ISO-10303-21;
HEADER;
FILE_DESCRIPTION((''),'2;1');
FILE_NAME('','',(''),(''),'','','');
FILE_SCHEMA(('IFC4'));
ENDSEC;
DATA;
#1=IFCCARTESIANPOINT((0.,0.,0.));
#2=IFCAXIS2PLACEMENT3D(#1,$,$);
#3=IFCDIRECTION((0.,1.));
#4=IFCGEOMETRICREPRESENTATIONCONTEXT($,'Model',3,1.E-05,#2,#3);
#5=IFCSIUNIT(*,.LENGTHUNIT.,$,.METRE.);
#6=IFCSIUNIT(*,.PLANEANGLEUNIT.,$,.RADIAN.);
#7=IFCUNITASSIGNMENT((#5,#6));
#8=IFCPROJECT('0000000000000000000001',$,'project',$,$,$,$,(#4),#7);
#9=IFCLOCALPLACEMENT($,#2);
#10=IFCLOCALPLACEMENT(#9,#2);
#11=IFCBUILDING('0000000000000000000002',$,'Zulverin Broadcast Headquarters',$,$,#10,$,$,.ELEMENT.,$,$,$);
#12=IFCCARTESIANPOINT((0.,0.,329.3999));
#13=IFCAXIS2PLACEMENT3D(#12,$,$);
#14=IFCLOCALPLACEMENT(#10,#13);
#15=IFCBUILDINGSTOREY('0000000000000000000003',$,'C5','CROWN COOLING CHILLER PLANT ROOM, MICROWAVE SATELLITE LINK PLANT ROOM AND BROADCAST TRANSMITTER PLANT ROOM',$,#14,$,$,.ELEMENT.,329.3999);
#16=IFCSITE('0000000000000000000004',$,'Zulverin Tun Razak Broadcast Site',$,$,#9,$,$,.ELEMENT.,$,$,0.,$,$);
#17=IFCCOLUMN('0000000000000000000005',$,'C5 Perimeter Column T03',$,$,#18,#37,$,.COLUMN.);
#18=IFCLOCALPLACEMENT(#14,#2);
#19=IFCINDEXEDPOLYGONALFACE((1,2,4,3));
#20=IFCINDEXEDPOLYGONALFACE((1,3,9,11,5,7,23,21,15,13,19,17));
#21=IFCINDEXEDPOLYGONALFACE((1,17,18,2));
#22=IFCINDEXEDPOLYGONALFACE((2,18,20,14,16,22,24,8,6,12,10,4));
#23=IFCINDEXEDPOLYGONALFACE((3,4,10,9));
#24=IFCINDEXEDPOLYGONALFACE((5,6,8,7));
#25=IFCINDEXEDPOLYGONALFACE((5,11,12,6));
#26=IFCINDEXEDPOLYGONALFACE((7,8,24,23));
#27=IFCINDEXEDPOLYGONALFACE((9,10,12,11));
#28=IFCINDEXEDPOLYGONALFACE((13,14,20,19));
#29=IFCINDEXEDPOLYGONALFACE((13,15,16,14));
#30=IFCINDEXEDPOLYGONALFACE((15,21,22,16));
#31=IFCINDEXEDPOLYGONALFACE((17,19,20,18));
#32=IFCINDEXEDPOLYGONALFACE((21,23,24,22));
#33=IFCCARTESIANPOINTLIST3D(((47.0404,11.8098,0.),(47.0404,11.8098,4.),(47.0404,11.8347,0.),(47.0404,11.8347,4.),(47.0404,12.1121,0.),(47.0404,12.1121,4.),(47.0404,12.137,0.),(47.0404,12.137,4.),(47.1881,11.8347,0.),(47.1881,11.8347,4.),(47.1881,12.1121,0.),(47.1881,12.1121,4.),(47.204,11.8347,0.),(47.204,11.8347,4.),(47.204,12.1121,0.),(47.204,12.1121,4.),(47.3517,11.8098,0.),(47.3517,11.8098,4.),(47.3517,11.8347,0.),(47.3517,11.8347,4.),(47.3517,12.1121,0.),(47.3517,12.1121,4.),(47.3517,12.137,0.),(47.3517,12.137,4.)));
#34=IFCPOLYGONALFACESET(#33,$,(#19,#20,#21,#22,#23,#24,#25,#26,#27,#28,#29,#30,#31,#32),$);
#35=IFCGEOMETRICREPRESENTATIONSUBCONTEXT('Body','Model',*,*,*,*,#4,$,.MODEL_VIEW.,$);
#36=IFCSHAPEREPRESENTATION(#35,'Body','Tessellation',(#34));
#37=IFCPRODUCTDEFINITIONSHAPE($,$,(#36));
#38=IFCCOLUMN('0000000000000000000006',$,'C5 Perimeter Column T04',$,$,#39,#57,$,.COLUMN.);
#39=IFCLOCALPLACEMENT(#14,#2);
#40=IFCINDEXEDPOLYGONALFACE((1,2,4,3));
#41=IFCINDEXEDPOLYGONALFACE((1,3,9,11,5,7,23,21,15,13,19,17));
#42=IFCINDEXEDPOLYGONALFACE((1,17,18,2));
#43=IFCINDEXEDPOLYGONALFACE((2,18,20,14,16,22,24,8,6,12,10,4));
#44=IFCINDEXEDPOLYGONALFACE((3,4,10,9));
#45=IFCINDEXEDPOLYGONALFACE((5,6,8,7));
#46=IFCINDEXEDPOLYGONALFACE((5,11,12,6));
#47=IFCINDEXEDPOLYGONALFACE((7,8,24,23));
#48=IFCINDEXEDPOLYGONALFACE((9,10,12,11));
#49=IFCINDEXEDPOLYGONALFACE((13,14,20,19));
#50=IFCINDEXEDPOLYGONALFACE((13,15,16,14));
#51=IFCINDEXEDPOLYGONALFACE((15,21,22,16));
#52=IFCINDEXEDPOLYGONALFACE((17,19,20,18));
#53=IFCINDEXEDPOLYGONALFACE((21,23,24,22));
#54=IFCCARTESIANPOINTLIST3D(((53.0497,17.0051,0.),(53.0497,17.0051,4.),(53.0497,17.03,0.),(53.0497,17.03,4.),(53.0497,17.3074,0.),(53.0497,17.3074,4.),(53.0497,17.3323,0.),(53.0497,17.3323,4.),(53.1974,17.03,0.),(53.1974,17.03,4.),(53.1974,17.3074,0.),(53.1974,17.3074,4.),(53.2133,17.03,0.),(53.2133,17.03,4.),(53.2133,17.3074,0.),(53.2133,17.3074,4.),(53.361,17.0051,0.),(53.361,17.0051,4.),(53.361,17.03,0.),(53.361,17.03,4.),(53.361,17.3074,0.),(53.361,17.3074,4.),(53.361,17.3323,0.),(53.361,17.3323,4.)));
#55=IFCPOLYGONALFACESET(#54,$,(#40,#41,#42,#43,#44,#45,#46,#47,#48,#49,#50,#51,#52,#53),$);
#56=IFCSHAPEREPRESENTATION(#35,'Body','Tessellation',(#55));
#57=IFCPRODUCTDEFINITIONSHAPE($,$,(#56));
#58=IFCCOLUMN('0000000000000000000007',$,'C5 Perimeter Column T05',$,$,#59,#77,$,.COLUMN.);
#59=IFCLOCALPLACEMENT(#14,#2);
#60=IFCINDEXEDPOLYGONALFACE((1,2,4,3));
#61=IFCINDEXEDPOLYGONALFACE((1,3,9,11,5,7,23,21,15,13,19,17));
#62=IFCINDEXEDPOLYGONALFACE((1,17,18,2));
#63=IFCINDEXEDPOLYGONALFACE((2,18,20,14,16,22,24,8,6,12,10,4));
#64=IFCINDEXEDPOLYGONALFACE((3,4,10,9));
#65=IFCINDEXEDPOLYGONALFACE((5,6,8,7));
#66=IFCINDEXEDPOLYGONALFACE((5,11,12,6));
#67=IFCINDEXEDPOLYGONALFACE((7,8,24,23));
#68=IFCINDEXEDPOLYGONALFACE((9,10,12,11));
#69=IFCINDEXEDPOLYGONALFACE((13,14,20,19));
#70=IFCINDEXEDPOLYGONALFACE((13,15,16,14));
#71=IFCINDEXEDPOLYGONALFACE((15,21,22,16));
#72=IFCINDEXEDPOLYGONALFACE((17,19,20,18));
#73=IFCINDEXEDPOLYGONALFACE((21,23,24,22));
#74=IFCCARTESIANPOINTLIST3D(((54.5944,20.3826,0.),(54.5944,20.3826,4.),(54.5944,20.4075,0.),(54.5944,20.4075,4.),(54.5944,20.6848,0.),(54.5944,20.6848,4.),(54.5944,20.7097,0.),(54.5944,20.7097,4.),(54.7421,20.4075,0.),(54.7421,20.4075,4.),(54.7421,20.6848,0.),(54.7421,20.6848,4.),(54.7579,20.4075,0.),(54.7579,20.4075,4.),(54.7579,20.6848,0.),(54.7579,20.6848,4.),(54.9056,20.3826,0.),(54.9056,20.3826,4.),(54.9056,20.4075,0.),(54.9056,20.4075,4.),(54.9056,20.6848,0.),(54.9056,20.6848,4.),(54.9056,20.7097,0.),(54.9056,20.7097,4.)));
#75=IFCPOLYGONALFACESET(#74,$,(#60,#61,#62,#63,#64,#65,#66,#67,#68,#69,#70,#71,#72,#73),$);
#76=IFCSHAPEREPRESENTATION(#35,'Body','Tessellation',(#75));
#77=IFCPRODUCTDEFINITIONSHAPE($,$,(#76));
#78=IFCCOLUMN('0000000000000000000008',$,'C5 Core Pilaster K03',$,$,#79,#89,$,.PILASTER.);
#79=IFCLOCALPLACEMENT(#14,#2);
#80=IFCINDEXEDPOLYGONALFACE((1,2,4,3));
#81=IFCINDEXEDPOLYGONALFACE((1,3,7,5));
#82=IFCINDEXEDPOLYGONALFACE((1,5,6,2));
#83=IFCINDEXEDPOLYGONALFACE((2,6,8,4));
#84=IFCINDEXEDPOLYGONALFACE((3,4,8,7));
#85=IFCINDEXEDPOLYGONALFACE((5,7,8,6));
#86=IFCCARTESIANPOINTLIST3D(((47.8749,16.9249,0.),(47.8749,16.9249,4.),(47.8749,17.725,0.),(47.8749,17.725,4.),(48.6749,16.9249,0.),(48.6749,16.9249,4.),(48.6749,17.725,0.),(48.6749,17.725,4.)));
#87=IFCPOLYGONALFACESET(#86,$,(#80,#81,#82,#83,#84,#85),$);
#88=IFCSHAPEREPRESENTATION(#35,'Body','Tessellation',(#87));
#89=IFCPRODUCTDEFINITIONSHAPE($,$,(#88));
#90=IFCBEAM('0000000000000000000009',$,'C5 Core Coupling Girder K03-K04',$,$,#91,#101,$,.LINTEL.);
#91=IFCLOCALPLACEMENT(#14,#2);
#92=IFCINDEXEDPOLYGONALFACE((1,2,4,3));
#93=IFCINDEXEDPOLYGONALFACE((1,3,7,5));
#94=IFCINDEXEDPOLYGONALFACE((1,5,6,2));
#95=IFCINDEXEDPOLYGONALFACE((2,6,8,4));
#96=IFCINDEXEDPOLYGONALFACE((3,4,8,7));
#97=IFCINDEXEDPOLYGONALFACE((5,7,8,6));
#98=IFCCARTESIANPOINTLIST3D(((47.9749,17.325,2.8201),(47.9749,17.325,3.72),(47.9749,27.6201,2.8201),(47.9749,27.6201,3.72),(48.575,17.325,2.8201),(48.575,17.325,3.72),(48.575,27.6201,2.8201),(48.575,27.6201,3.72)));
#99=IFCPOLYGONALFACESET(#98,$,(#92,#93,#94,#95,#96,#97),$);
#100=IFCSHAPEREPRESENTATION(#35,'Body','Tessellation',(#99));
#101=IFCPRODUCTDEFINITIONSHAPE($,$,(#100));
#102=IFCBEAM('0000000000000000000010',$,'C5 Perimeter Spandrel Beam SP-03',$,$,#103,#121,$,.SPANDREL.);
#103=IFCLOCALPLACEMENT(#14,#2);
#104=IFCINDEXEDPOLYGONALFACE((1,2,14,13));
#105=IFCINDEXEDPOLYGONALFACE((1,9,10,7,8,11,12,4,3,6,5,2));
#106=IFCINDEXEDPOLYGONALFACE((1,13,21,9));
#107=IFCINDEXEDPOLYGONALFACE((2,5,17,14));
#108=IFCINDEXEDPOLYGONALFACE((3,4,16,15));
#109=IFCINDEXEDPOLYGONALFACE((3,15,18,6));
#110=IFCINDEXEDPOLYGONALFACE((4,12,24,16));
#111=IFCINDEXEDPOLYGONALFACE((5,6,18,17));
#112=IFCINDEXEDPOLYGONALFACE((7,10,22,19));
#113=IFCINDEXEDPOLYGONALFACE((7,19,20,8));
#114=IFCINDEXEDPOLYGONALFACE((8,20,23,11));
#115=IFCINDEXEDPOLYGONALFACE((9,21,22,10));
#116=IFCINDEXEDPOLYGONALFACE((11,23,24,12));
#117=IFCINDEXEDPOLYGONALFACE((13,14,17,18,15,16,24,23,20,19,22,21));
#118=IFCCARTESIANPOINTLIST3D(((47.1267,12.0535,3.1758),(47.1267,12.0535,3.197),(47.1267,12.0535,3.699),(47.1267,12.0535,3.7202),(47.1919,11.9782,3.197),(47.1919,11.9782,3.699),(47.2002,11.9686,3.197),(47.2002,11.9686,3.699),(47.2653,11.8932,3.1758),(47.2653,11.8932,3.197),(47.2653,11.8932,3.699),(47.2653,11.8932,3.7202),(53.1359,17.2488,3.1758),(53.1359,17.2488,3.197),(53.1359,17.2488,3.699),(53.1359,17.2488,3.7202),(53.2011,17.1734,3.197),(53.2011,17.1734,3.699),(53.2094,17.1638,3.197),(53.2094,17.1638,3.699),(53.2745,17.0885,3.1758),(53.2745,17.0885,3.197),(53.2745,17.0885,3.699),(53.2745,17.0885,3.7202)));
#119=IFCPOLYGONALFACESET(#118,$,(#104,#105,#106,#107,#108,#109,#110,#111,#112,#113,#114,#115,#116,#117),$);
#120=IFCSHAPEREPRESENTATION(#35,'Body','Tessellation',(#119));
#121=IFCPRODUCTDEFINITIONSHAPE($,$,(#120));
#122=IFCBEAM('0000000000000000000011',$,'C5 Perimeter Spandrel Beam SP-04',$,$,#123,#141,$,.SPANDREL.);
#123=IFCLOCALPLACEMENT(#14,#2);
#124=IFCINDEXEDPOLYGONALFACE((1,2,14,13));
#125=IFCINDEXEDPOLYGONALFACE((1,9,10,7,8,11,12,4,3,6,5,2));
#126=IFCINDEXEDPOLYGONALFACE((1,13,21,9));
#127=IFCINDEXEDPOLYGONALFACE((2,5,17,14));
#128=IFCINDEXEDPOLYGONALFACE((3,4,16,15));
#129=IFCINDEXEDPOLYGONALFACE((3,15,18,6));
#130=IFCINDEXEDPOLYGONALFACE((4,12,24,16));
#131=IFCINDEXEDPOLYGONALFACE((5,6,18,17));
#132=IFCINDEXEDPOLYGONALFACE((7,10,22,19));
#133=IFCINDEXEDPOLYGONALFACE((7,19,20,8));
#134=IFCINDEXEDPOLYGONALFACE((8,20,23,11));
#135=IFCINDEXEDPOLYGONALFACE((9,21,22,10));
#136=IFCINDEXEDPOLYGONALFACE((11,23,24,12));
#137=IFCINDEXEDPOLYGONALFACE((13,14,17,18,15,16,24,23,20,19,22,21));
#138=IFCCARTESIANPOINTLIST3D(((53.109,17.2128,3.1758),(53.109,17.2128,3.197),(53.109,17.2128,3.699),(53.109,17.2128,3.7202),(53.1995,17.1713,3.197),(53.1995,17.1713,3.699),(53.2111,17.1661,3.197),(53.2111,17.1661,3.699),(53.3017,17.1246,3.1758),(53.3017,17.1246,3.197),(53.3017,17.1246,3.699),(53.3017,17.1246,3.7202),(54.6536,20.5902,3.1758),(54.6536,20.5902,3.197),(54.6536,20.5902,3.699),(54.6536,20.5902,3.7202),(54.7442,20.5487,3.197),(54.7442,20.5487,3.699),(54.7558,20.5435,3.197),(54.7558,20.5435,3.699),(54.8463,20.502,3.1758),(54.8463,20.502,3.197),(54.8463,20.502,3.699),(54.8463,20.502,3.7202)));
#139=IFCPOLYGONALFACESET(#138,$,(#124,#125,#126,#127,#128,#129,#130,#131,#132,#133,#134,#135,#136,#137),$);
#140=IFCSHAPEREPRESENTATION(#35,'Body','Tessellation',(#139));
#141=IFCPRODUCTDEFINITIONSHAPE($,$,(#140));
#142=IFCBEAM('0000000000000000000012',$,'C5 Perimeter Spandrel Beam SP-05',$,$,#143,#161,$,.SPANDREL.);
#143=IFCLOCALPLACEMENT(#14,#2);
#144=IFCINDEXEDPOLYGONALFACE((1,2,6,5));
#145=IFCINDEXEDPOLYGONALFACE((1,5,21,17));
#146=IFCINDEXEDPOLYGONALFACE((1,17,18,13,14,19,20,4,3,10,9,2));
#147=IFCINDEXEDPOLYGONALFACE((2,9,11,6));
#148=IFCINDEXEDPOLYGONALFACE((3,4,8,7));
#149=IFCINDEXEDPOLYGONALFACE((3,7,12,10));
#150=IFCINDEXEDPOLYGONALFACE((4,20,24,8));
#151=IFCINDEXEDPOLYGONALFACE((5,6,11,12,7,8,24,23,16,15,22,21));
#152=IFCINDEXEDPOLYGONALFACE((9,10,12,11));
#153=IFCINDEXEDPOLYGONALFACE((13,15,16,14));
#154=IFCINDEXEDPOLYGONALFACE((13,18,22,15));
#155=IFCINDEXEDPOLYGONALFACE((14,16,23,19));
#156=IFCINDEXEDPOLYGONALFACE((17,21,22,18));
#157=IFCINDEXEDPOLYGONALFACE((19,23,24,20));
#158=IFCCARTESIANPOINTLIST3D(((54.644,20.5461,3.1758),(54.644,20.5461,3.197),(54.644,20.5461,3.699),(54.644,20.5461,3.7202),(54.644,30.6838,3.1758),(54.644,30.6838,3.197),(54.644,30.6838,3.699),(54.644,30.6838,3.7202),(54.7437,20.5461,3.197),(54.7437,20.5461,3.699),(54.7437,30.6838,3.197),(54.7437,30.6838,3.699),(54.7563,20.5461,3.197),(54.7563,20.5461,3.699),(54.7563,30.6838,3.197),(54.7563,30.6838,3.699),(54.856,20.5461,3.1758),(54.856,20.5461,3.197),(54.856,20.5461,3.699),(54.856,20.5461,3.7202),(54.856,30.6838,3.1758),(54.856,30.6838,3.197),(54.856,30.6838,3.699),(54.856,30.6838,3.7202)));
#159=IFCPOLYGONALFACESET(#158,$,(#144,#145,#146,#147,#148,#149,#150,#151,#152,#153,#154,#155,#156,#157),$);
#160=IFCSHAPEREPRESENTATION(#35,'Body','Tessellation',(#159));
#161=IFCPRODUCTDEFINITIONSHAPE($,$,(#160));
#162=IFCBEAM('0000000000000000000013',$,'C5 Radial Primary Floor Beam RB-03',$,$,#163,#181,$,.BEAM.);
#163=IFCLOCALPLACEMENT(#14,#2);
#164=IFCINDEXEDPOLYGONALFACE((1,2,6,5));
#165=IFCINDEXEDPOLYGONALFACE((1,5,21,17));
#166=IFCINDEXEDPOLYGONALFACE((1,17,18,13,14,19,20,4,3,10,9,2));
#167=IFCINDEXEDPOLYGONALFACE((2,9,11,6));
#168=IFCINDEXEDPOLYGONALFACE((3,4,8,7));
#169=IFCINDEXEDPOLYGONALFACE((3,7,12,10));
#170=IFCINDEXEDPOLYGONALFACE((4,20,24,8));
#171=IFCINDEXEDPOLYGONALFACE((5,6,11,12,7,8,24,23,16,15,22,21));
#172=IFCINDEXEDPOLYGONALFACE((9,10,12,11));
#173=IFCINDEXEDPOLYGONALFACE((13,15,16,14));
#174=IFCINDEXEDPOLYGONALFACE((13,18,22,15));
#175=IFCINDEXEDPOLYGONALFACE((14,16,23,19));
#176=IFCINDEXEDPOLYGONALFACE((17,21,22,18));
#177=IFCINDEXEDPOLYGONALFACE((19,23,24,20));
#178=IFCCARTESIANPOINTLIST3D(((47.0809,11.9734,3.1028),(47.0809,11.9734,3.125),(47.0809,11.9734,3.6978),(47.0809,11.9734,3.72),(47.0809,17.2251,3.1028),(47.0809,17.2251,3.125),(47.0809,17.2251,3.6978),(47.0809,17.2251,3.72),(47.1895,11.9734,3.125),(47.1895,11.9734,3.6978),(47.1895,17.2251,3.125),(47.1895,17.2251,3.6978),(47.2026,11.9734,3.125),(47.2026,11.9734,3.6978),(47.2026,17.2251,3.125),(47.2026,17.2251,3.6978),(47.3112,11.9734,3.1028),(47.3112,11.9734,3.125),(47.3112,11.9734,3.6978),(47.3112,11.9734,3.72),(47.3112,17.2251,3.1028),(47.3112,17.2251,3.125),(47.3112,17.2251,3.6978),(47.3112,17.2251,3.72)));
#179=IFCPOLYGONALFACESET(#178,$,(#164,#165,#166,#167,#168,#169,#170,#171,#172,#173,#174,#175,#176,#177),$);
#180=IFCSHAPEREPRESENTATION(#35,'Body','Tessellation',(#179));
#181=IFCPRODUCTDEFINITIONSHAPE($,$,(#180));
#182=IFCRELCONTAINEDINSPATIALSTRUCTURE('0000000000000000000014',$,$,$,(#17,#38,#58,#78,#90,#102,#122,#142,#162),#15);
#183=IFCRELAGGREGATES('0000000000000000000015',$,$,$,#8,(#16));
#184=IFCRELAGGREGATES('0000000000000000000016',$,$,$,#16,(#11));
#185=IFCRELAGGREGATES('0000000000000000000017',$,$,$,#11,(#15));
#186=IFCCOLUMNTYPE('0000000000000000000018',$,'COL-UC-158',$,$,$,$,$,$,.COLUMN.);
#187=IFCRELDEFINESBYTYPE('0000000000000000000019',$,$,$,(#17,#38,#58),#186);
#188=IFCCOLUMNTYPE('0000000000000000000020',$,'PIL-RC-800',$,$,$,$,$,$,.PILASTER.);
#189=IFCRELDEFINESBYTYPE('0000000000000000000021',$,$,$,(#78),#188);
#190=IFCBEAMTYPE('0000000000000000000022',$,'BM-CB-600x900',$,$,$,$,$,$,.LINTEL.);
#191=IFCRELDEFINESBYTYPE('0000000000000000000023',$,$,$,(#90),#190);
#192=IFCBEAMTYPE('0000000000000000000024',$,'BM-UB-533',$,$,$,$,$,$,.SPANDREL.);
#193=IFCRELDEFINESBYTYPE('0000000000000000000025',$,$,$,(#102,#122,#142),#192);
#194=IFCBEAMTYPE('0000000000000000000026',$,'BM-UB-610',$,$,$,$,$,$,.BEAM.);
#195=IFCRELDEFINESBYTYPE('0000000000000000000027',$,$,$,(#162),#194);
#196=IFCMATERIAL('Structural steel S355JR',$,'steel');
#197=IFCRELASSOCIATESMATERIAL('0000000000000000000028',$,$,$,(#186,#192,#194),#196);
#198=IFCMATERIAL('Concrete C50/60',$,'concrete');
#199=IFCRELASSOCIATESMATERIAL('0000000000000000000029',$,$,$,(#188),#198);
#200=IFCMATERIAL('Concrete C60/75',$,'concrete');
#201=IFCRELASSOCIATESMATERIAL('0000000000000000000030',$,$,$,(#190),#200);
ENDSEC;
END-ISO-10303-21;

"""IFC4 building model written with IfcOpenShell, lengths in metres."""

from ifc_helpers import new_model, si_unit, direction, frame, origin, origin_2d, place, context, subcontext, project, spatial, rectangle, i_section, extrude, material, material_profile, profile_set, type_object, element, save


model = new_model("IFC4")

# Units and contexts
model_context = context("Model", 3, precision=1e-05, world=origin(), true_north=direction((0.0, 1.0)))
body_context = subcontext(model_context, "Body", "Model", "MODEL_VIEW")
ifc_project = project(units=[si_unit("LENGTHUNIT", "METRE"), si_unit("PLANEANGLEUNIT", "RADIAN")], contexts=[model_context])

# Site, building, storey
site_placement = place(None, origin())
site = spatial("IfcSite", under=ifc_project, at=site_placement, Name="Zulverin Tun Razak Broadcast Site", CompositionType="ELEMENT", RefElevation=0.0)
building_placement = place(site_placement, origin())
building = spatial("IfcBuilding", under=site, at=building_placement, Name="Zulverin Broadcast Headquarters", CompositionType="ELEMENT")
storey_placement = place(building_placement, frame((0.0, 0.0, 329.3999)))
storey = spatial("IfcBuildingStorey", under=building, at=storey_placement, Name="C5", Description="CROWN COOLING CHILLER PLANT ROOM, MICROWAVE SATELLITE LINK PLANT ROOM AND BROADCAST TRANSMITTER PLANT ROOM", CompositionType="ELEMENT", Elevation=329.3999)

# Columns
ifc_material_1 = material(Name="Structural steel S355JR", Category="steel")
ifc_material_profile_1 = material_profile(ifc_material_1, i_section(OverallWidth=0.3113, OverallDepth=0.3271, WebThickness=0.0159, FlangeThickness=0.0249, at=origin_2d()), Name="Structural steel S355JR", Category="steel")
ifc_profile_set_1 = profile_set([ifc_material_profile_1], Name="Structural steel S355JR")
column_type_1 = type_object("IfcColumnType", Name="COL-UC-158", PredefinedType="COLUMN", material=ifc_profile_set_1)
for number, where, z_axis, x_axis, name in (
    (1, (47.196, 11.9734, 0.0), (0.0, 0.0, 1.0), (1.0, 0.0, 0.0), "C5 Perimeter Column T03"),
    (2, (53.2053, 17.1687, 0.0), (0.0, 0.0, 1.0), (1.0, 0.0, 0.0), "C5 Perimeter Column T04"),
    (3, (54.75, 20.5461, 0.0), (0.0, 0.0, 1.0), (1.0, 0.0, 0.0), "C5 Perimeter Column T05"),
):
    element("IfcColumn", number, at=place(storey_placement, frame(where, z_axis=z_axis, x_axis=x_axis)), inside=storey, type_object=column_type_1, Name=name, PredefinedType="COLUMN", context=body_context, shape_type="SweptSolid", body=[
        extrude(i_section(OverallWidth=0.3113, OverallDepth=0.3271, WebThickness=0.0159, FlangeThickness=0.0249, at=origin_2d()), origin(), (0.0, 0.0, 1.0), 4.0),
    ])
ifc_material_2 = material(Name="Concrete C50/60", Category="concrete")
ifc_material_profile_2 = material_profile(ifc_material_2, rectangle(XDim=0.8, YDim=0.8, at=origin_2d()), Name="Concrete C50/60", Category="concrete")
ifc_profile_set_2 = profile_set([ifc_material_profile_2], Name="Concrete C50/60")
column_type_2 = type_object("IfcColumnType", Name="PIL-RC-800", PredefinedType="PILASTER", material=ifc_profile_set_2)
column_placement = place(storey_placement, frame((48.2749, 17.325, 0.0), z_axis=(0.0, 0.0, 1.0), x_axis=(1.0, 0.0, 0.0)))
element("IfcColumn", 4, at=column_placement, inside=storey, type_object=column_type_2, Name="C5 Core Pilaster K03", PredefinedType="PILASTER", context=body_context, shape_type="SweptSolid", body=[
    extrude(rectangle(XDim=0.8, YDim=0.8, at=origin_2d()), origin(), (0.0, 0.0, 1.0), 4.0),
])

# Beams
ifc_material_3 = material(Name="Concrete C60/75", Category="concrete")
ifc_material_profile_3 = material_profile(ifc_material_3, rectangle(XDim=0.6001, YDim=0.8999, at=origin_2d()), Name="Concrete C60/75", Category="concrete")
ifc_profile_set_3 = profile_set([ifc_material_profile_3], Name="Concrete C60/75")
beam_type_1 = type_object("IfcBeamType", Name="BM-CB-600x900", PredefinedType="LINTEL", material=ifc_profile_set_3)
beam_1_placement = place(storey_placement, frame((48.2749, 17.325, 3.27), z_axis=(0.0, 1.0, 0.0), x_axis=(-1.0, 0.0, 0.0)))
element("IfcBeam", 5, at=beam_1_placement, inside=storey, type_object=beam_type_1, Name="C5 Core Coupling Girder K03-K04", PredefinedType="LINTEL", context=body_context, shape_type="SweptSolid", body=[
    extrude(rectangle(XDim=0.6001, YDim=0.8999, at=origin_2d()), origin(), (0.0, 0.0, 1.0), 10.2952),
])
ifc_material_profile_4 = material_profile(ifc_material_1, i_section(OverallWidth=0.2119, OverallDepth=0.5444, WebThickness=0.0127, FlangeThickness=0.0212, at=origin_2d()), Name="Structural steel S355JR", Category="steel")
ifc_profile_set_4 = profile_set([ifc_material_profile_4], Name="Structural steel S355JR")
beam_type_2 = type_object("IfcBeamType", Name="BM-UB-533", PredefinedType="SPANDREL", material=ifc_profile_set_4)
beam_2_placement = place(storey_placement, frame((47.196, 11.9734, 3.448), z_axis=(0.756482, 0.654015, 0.0), x_axis=(-0.654015, 0.756482, 0.0)))
element("IfcBeam", 6, at=beam_2_placement, inside=storey, type_object=beam_type_2, Name="C5 Perimeter Spandrel Beam SP-03", PredefinedType="SPANDREL", context=body_context, shape_type="SweptSolid", body=[
    extrude(i_section(OverallWidth=0.2119, OverallDepth=0.5444, WebThickness=0.0127, FlangeThickness=0.0212, at=origin_2d()), origin(), (0.0, 0.0, 1.0), 7.9436),
])
beam_3_placement = place(storey_placement, frame((53.2053, 17.1687, 3.448), z_axis=(0.415917, 0.909403, 0.0), x_axis=(-0.909403, 0.415917, 0.0)))
element("IfcBeam", 7, at=beam_3_placement, inside=storey, type_object=beam_type_2, Name="C5 Perimeter Spandrel Beam SP-04", PredefinedType="SPANDREL", context=body_context, shape_type="SweptSolid", body=[
    extrude(i_section(OverallWidth=0.2119, OverallDepth=0.5444, WebThickness=0.0127, FlangeThickness=0.0212, at=origin_2d()), origin(), (0.0, 0.0, 1.0), 3.7139),
])
beam_4_placement = place(storey_placement, frame((54.75, 20.5461, 3.448), z_axis=(0.0, 1.0, 0.0), x_axis=(-1.0, 0.0, 0.0)))
element("IfcBeam", 8, at=beam_4_placement, inside=storey, type_object=beam_type_2, Name="C5 Perimeter Spandrel Beam SP-05", PredefinedType="SPANDREL", context=body_context, shape_type="SweptSolid", body=[
    extrude(i_section(OverallWidth=0.2119, OverallDepth=0.5444, WebThickness=0.0127, FlangeThickness=0.0212, at=origin_2d()), origin(), (0.0, 0.0, 1.0), 10.1377),
])
ifc_material_profile_5 = material_profile(ifc_material_1, i_section(OverallWidth=0.2302, OverallDepth=0.6172, WebThickness=0.0132, FlangeThickness=0.0222, at=origin_2d()), Name="Structural steel S355JR", Category="steel")
ifc_profile_set_5 = profile_set([ifc_material_profile_5], Name="Structural steel S355JR")
beam_type_3 = type_object("IfcBeamType", Name="BM-UB-610", PredefinedType="BEAM", material=ifc_profile_set_5)
beam_5_placement = place(storey_placement, frame((47.196, 17.2251, 3.4114), z_axis=(0.0, -1.0, 0.0), x_axis=(1.0, 0.0, 0.0)))
element("IfcBeam", 9, at=beam_5_placement, inside=storey, type_object=beam_type_3, Name="C5 Radial Primary Floor Beam RB-03", PredefinedType="BEAM", context=body_context, shape_type="SweptSolid", body=[
    extrude(i_section(OverallWidth=0.2302, OverallDepth=0.6172, WebThickness=0.0132, FlangeThickness=0.0222, at=origin_2d()), origin(), (0.0, 0.0, 1.0), 5.2517),
])

save(model, "model.ifc")
